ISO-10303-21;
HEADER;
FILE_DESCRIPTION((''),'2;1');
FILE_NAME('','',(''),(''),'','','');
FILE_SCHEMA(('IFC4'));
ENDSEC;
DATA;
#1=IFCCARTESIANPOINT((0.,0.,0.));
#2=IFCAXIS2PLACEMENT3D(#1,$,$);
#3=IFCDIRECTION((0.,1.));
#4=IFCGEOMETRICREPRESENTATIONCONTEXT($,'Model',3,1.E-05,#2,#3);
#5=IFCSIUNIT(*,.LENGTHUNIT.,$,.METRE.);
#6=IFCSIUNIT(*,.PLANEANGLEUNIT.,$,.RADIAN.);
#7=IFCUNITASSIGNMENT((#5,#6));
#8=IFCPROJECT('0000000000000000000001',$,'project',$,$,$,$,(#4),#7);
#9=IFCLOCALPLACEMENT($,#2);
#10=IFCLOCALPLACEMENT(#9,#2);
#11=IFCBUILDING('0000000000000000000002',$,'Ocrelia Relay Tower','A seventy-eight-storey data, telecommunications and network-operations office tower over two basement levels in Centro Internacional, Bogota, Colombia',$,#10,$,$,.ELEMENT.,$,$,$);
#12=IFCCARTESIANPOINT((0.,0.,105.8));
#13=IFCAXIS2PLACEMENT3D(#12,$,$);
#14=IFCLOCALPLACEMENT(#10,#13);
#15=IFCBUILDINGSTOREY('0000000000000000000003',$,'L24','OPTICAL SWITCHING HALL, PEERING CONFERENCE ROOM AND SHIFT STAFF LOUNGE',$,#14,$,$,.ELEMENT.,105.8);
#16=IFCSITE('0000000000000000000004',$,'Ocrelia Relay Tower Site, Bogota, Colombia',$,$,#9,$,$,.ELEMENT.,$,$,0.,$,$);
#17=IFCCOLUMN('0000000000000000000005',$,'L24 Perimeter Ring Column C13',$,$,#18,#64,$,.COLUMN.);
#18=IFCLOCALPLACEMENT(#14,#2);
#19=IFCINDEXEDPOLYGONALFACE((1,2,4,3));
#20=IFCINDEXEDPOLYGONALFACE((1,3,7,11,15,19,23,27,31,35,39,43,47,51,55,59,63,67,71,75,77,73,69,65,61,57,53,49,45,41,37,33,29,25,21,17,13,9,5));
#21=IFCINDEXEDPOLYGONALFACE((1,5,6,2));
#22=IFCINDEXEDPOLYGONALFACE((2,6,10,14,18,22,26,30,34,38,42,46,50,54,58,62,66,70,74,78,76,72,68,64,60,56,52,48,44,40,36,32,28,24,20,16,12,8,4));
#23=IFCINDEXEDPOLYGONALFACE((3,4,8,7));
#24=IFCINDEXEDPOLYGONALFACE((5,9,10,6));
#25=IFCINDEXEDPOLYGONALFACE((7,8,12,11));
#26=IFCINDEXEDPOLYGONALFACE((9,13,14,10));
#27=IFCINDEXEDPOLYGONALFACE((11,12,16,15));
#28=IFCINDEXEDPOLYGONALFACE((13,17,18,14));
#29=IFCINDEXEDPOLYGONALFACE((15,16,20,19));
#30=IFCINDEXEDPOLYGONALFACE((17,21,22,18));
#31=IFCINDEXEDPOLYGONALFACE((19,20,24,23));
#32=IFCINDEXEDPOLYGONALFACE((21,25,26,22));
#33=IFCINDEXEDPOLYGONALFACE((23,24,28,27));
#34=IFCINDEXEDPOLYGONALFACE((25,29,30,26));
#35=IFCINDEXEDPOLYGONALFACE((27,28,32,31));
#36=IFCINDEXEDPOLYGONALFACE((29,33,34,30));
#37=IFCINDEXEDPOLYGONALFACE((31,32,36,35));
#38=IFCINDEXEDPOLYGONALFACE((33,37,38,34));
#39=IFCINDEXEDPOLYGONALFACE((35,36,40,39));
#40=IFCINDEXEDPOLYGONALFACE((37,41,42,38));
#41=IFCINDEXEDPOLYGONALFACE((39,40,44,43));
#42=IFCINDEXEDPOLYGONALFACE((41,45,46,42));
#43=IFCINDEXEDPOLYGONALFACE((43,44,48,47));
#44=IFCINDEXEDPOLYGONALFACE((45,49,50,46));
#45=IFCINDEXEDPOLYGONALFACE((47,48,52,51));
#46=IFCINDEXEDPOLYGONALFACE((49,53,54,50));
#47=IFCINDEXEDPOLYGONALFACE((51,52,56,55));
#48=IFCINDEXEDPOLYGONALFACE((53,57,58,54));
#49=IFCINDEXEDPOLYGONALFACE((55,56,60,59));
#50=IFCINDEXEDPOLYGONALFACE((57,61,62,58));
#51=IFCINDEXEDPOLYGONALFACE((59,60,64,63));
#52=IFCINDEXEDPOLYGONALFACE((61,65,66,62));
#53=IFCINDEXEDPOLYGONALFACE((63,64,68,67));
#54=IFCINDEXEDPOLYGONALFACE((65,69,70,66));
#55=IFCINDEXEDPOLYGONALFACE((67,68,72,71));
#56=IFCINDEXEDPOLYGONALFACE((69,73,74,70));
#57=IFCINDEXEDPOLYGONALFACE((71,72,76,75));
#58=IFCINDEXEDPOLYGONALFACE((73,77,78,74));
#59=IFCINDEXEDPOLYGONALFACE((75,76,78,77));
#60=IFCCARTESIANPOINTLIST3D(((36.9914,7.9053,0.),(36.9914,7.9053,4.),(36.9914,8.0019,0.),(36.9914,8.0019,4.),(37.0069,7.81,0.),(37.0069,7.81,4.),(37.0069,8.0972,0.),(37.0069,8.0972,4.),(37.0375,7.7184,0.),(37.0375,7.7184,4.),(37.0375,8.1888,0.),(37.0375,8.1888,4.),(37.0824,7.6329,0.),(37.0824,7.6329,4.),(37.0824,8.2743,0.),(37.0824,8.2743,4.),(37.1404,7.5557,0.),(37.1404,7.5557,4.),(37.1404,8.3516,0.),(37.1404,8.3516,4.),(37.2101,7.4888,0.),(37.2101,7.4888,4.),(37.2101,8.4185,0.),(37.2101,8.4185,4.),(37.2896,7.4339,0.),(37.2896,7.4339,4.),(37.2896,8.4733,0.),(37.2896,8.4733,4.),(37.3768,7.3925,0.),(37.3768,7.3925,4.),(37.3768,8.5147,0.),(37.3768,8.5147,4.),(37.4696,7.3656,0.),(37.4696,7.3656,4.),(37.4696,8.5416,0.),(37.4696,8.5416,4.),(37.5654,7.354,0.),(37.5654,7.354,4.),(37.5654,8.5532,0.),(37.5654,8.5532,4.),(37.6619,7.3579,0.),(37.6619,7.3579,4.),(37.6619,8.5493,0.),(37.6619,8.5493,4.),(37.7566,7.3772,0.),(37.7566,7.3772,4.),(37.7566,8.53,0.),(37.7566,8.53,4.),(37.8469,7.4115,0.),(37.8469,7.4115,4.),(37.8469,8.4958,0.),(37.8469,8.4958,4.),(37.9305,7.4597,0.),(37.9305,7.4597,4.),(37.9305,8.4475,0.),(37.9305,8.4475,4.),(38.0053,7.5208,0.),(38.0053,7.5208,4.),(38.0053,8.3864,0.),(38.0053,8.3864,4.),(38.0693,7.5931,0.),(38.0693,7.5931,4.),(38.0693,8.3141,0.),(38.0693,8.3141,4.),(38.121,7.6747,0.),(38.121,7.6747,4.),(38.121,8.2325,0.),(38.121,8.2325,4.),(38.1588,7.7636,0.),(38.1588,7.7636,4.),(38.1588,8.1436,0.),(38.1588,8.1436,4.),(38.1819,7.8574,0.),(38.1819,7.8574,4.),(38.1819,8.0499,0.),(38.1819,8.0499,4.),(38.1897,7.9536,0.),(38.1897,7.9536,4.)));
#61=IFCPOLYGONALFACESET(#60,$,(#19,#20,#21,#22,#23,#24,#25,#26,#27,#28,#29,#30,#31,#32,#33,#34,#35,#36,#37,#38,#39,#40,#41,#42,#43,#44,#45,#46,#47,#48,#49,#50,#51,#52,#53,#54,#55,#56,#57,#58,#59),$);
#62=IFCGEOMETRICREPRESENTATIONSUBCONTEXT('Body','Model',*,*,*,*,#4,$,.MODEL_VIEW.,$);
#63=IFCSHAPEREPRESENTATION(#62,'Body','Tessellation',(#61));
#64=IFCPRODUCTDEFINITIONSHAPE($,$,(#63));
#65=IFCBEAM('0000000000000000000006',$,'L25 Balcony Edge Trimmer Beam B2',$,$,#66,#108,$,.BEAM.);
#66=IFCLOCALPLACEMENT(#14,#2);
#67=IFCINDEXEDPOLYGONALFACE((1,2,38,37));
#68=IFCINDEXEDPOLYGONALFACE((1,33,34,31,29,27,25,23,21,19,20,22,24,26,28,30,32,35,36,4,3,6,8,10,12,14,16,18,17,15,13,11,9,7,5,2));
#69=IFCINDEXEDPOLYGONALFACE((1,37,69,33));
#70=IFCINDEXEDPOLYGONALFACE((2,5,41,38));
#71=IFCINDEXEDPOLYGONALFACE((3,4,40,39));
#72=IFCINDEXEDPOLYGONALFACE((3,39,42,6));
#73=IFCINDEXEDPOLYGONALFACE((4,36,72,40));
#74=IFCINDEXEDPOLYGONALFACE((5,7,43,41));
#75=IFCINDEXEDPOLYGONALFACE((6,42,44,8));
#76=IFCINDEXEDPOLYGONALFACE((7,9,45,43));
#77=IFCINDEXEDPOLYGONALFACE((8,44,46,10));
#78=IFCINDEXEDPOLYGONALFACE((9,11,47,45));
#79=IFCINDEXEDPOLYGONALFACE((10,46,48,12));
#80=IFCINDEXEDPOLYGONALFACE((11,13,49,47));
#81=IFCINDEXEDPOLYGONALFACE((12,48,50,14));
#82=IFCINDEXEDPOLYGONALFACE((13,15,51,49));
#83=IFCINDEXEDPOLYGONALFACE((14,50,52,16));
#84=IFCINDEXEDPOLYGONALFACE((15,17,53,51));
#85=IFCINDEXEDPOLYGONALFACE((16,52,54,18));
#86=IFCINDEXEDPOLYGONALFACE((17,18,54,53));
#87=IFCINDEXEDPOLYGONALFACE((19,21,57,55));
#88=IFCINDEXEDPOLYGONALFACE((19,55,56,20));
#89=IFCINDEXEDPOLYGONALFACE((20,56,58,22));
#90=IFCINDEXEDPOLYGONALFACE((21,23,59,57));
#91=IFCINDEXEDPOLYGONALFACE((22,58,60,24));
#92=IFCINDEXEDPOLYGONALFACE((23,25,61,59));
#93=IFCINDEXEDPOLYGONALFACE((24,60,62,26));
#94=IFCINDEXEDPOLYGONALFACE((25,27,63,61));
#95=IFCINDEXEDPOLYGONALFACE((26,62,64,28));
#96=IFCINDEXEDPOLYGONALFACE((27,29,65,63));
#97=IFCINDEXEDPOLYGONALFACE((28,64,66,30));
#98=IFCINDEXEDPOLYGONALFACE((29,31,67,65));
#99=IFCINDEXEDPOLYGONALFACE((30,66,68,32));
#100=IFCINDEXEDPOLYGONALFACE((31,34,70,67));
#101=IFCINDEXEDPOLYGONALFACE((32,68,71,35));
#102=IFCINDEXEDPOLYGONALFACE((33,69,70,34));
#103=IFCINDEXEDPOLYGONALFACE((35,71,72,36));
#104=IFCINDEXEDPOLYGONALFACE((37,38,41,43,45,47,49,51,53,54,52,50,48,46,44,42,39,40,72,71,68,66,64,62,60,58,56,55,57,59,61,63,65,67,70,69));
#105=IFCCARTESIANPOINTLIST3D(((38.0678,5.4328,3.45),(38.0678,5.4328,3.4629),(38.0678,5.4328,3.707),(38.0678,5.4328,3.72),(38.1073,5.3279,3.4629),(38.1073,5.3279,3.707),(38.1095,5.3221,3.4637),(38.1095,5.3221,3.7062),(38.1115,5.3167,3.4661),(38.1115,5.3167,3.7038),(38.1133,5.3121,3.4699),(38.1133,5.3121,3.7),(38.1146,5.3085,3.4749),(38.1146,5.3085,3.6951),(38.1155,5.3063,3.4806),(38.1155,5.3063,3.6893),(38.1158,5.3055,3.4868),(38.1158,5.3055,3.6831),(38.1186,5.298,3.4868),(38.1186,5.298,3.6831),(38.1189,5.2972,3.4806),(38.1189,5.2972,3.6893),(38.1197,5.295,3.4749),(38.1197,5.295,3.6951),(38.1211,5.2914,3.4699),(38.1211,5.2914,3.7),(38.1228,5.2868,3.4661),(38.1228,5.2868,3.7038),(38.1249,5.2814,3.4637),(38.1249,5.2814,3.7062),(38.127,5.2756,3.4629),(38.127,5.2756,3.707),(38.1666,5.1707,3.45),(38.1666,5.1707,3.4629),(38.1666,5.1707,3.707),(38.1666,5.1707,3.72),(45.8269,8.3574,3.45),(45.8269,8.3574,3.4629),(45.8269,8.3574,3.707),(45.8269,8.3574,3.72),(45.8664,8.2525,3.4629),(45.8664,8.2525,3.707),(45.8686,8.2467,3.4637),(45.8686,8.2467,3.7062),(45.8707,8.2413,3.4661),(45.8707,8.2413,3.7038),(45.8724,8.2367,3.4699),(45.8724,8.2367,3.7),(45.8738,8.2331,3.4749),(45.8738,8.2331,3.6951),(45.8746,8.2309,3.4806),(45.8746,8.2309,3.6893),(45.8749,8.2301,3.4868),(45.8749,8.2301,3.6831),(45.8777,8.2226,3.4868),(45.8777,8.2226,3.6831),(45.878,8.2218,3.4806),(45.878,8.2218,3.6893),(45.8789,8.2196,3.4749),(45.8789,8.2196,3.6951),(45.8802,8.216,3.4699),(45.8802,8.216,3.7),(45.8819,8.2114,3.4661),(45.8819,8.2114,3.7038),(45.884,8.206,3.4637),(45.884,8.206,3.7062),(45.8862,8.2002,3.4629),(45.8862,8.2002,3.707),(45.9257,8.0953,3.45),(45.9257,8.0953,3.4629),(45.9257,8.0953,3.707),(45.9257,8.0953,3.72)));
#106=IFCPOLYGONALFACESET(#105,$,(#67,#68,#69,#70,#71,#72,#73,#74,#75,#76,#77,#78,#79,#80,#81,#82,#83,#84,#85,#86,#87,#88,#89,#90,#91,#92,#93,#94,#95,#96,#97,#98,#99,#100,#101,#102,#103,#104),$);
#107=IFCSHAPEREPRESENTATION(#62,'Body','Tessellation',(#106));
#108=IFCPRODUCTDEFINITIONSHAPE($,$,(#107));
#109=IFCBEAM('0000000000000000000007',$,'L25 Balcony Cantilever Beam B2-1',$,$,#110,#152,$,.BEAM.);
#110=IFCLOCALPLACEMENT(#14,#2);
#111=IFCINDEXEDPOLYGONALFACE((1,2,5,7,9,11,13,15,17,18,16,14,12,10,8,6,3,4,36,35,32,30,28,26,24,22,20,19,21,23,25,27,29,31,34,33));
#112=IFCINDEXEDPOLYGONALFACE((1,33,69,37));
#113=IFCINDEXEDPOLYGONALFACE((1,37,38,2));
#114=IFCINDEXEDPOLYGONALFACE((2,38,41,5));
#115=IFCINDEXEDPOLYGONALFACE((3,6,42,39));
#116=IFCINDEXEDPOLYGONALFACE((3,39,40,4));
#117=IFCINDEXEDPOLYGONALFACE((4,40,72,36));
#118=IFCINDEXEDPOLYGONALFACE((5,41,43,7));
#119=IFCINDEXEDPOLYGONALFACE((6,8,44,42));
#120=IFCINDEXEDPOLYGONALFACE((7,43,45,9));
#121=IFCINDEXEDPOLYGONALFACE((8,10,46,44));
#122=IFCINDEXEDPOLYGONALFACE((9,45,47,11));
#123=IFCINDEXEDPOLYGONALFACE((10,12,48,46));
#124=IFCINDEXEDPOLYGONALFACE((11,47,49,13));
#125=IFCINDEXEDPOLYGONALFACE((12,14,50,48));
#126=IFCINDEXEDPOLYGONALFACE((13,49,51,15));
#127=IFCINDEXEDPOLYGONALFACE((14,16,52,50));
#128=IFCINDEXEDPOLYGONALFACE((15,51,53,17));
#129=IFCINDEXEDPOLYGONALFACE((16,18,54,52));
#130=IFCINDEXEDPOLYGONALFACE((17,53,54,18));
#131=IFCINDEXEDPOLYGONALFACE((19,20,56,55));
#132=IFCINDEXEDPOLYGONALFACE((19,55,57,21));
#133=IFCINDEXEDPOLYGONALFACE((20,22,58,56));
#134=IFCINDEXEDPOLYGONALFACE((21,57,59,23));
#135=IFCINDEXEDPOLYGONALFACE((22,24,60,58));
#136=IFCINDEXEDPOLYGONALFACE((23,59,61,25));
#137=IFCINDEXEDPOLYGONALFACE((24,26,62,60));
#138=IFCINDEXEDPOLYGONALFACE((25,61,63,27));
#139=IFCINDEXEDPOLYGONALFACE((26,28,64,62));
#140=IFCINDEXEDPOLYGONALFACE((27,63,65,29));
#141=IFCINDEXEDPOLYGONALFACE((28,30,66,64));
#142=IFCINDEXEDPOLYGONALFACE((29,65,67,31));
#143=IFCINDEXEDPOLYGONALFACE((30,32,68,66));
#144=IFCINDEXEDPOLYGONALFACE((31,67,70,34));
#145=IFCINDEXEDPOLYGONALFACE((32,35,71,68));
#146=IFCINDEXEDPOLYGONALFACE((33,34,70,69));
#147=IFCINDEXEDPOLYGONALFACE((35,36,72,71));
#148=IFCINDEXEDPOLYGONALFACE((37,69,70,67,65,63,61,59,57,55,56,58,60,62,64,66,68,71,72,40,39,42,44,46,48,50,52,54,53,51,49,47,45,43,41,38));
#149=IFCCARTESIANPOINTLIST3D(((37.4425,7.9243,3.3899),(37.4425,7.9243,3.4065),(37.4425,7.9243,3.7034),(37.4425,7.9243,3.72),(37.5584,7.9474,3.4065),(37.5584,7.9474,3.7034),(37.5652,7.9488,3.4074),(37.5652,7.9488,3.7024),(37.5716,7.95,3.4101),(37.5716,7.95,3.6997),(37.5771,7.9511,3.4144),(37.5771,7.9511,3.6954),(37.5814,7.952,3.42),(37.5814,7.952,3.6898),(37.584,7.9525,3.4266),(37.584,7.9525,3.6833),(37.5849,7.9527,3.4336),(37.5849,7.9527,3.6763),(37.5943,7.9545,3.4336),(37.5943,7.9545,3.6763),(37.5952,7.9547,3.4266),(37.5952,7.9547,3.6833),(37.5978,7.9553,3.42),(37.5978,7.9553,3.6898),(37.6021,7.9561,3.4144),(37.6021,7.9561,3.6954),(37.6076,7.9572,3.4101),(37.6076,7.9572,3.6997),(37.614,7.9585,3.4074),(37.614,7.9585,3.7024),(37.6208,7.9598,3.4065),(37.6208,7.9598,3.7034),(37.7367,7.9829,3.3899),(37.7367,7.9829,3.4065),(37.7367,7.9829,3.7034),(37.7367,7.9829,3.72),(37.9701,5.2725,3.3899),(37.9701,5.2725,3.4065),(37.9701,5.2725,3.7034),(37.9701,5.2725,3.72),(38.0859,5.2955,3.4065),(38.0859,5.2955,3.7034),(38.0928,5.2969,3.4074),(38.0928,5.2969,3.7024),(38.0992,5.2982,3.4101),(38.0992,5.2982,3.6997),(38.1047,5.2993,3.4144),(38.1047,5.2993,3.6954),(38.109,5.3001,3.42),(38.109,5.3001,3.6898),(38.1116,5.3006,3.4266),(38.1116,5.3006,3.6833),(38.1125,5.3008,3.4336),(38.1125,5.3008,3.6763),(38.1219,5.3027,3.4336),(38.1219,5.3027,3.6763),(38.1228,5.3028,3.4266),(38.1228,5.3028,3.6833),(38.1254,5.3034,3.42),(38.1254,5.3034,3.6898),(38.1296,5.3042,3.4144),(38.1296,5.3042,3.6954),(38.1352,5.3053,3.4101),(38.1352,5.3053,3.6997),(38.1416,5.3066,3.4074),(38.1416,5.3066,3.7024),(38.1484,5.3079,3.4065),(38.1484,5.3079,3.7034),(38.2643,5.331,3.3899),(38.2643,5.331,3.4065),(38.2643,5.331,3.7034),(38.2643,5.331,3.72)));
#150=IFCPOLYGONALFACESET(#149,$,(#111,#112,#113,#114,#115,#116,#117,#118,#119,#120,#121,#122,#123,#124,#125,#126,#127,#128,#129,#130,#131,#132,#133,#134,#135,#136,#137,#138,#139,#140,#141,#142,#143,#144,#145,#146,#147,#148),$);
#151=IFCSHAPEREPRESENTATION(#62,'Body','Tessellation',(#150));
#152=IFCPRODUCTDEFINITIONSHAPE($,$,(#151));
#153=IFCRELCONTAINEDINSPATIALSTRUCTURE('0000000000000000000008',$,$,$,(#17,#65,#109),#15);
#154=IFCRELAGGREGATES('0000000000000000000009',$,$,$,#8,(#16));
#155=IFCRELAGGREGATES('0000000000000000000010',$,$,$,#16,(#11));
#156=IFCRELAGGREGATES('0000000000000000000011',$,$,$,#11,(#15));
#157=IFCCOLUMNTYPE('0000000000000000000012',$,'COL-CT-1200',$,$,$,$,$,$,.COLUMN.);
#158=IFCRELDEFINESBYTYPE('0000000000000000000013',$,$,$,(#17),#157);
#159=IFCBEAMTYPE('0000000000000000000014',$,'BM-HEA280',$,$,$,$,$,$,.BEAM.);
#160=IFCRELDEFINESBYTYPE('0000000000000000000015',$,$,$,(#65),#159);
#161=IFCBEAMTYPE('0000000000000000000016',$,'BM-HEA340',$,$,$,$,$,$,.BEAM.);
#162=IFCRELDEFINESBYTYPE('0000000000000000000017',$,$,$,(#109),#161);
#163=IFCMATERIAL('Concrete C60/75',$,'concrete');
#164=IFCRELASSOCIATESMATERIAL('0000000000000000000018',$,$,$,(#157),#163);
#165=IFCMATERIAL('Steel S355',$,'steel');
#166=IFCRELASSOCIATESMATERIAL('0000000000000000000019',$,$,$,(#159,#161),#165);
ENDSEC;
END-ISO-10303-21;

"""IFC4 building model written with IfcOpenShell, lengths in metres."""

from ifc_helpers import new_model, si_unit, direction, frame, origin, origin_2d, place, context, subcontext, project, spatial, circle, i_section, extrude, material, material_profile, profile_set, type_object, element, save


model = new_model("IFC4")

# Units and contexts
model_context = context("Model", 3, precision=1e-05, world=origin(), true_north=direction((0.0, 1.0)))
body_context = subcontext(model_context, "Body", "Model", "MODEL_VIEW")
ifc_project = project(units=[si_unit("LENGTHUNIT", "METRE"), si_unit("PLANEANGLEUNIT", "RADIAN")], contexts=[model_context])

# Site, building, storey
site_placement = place(None, origin())
site = spatial("IfcSite", under=ifc_project, at=site_placement, Name="Ocrelia Relay Tower Site, Bogota, Colombia", CompositionType="ELEMENT", RefElevation=0.0)
building_placement = place(site_placement, origin())
building = spatial("IfcBuilding", under=site, at=building_placement, Name="Ocrelia Relay Tower", Description="A seventy-eight-storey data, telecommunications and network-operations office tower over two basement levels in Centro Internacional, Bogota, Colombia", CompositionType="ELEMENT")
storey_placement = place(building_placement, frame((0.0, 0.0, 105.8)))
storey = spatial("IfcBuildingStorey", under=building, at=storey_placement, Name="L24", Description="OPTICAL SWITCHING HALL, PEERING CONFERENCE ROOM AND SHIFT STAFF LOUNGE", CompositionType="ELEMENT", Elevation=105.8)

# Column
ifc_material_1 = material(Name="Concrete C60/75", Category="concrete")
ifc_material_profile_1 = material_profile(ifc_material_1, circle(Radius=0.6001, at=origin_2d()), Name="RC-CIR-1200")
ifc_profile_set_1 = profile_set([ifc_material_profile_1], Name="Concrete C60/75")
column_type = type_object("IfcColumnType", Name="COL-CT-1200", PredefinedType="COLUMN", material=ifc_profile_set_1)
column_placement = place(storey_placement, frame((37.5896, 7.9536, 0.0), z_axis=(0.0, 0.0, 1.0), x_axis=(1.0, 0.0, 0.0)))
element("IfcColumn", 1, at=column_placement, inside=storey, type_object=column_type, Name="L24 Perimeter Ring Column C13", PredefinedType="COLUMN", context=body_context, shape_type="SweptSolid", body=[
    extrude(circle(Radius=0.6001, at=origin_2d()), origin(), (0.0, 0.0, 1.0), 4.0),
])

# Beams
ifc_material_2 = material(Name="Steel S355", Category="steel")
ifc_material_profile_2 = material_profile(ifc_material_2, i_section(OverallWidth=0.28, OverallDepth=0.27, WebThickness=0.0081, FlangeThickness=0.0129, FilletRadius=0.0239, at=origin_2d()), Name="HEA 280")
ifc_profile_set_2 = profile_set([ifc_material_profile_2], Name="Steel S355")
beam_type_1 = type_object("IfcBeamType", Name="BM-HEA280", PredefinedType="BEAM", material=ifc_profile_set_2)
beam_1_placement = place(storey_placement, frame((38.1172, 5.3018, 3.585), z_axis=(0.935736, 0.352701, 0.0), x_axis=(-0.352701, 0.935736, 0.0)))
element("IfcBeam", 2, at=beam_1_placement, inside=storey, type_object=beam_type_1, Name="L25 Balcony Edge Trimmer Beam B2", PredefinedType="BEAM", context=body_context, shape_type="SweptSolid", body=[
    extrude(i_section(OverallWidth=0.28, OverallDepth=0.27, WebThickness=0.0081, FlangeThickness=0.0129, FilletRadius=0.0239, at=origin_2d()), origin(), (0.0, 0.0, 1.0), 8.292),
])
ifc_material_profile_3 = material_profile(ifc_material_2, i_section(OverallWidth=0.3, OverallDepth=0.3301, WebThickness=0.0095, FlangeThickness=0.0166, FilletRadius=0.0271, at=origin_2d()), Name="HEA 340")
ifc_profile_set_3 = profile_set([ifc_material_profile_3], Name="Steel S355")
beam_type_2 = type_object("IfcBeamType", Name="BM-HEA340", PredefinedType="BEAM", material=ifc_profile_set_3)
beam_2_placement = place(storey_placement, frame((37.5896, 7.9536, 3.5549), z_axis=(0.195126, -0.980778, 0.0), x_axis=(0.980778, 0.195126, 0.0)))
element("IfcBeam", 3, at=beam_2_placement, inside=storey, type_object=beam_type_2, Name="L25 Balcony Cantilever Beam B2-1", PredefinedType="BEAM", context=body_context, shape_type="SweptSolid", body=[
    extrude(i_section(OverallWidth=0.3, OverallDepth=0.3301, WebThickness=0.0095, FlangeThickness=0.0166, FilletRadius=0.0271, at=origin_2d()), origin(), (0.0, 0.0, 1.0), 2.7039),
])

save(model, "model.ifc")
